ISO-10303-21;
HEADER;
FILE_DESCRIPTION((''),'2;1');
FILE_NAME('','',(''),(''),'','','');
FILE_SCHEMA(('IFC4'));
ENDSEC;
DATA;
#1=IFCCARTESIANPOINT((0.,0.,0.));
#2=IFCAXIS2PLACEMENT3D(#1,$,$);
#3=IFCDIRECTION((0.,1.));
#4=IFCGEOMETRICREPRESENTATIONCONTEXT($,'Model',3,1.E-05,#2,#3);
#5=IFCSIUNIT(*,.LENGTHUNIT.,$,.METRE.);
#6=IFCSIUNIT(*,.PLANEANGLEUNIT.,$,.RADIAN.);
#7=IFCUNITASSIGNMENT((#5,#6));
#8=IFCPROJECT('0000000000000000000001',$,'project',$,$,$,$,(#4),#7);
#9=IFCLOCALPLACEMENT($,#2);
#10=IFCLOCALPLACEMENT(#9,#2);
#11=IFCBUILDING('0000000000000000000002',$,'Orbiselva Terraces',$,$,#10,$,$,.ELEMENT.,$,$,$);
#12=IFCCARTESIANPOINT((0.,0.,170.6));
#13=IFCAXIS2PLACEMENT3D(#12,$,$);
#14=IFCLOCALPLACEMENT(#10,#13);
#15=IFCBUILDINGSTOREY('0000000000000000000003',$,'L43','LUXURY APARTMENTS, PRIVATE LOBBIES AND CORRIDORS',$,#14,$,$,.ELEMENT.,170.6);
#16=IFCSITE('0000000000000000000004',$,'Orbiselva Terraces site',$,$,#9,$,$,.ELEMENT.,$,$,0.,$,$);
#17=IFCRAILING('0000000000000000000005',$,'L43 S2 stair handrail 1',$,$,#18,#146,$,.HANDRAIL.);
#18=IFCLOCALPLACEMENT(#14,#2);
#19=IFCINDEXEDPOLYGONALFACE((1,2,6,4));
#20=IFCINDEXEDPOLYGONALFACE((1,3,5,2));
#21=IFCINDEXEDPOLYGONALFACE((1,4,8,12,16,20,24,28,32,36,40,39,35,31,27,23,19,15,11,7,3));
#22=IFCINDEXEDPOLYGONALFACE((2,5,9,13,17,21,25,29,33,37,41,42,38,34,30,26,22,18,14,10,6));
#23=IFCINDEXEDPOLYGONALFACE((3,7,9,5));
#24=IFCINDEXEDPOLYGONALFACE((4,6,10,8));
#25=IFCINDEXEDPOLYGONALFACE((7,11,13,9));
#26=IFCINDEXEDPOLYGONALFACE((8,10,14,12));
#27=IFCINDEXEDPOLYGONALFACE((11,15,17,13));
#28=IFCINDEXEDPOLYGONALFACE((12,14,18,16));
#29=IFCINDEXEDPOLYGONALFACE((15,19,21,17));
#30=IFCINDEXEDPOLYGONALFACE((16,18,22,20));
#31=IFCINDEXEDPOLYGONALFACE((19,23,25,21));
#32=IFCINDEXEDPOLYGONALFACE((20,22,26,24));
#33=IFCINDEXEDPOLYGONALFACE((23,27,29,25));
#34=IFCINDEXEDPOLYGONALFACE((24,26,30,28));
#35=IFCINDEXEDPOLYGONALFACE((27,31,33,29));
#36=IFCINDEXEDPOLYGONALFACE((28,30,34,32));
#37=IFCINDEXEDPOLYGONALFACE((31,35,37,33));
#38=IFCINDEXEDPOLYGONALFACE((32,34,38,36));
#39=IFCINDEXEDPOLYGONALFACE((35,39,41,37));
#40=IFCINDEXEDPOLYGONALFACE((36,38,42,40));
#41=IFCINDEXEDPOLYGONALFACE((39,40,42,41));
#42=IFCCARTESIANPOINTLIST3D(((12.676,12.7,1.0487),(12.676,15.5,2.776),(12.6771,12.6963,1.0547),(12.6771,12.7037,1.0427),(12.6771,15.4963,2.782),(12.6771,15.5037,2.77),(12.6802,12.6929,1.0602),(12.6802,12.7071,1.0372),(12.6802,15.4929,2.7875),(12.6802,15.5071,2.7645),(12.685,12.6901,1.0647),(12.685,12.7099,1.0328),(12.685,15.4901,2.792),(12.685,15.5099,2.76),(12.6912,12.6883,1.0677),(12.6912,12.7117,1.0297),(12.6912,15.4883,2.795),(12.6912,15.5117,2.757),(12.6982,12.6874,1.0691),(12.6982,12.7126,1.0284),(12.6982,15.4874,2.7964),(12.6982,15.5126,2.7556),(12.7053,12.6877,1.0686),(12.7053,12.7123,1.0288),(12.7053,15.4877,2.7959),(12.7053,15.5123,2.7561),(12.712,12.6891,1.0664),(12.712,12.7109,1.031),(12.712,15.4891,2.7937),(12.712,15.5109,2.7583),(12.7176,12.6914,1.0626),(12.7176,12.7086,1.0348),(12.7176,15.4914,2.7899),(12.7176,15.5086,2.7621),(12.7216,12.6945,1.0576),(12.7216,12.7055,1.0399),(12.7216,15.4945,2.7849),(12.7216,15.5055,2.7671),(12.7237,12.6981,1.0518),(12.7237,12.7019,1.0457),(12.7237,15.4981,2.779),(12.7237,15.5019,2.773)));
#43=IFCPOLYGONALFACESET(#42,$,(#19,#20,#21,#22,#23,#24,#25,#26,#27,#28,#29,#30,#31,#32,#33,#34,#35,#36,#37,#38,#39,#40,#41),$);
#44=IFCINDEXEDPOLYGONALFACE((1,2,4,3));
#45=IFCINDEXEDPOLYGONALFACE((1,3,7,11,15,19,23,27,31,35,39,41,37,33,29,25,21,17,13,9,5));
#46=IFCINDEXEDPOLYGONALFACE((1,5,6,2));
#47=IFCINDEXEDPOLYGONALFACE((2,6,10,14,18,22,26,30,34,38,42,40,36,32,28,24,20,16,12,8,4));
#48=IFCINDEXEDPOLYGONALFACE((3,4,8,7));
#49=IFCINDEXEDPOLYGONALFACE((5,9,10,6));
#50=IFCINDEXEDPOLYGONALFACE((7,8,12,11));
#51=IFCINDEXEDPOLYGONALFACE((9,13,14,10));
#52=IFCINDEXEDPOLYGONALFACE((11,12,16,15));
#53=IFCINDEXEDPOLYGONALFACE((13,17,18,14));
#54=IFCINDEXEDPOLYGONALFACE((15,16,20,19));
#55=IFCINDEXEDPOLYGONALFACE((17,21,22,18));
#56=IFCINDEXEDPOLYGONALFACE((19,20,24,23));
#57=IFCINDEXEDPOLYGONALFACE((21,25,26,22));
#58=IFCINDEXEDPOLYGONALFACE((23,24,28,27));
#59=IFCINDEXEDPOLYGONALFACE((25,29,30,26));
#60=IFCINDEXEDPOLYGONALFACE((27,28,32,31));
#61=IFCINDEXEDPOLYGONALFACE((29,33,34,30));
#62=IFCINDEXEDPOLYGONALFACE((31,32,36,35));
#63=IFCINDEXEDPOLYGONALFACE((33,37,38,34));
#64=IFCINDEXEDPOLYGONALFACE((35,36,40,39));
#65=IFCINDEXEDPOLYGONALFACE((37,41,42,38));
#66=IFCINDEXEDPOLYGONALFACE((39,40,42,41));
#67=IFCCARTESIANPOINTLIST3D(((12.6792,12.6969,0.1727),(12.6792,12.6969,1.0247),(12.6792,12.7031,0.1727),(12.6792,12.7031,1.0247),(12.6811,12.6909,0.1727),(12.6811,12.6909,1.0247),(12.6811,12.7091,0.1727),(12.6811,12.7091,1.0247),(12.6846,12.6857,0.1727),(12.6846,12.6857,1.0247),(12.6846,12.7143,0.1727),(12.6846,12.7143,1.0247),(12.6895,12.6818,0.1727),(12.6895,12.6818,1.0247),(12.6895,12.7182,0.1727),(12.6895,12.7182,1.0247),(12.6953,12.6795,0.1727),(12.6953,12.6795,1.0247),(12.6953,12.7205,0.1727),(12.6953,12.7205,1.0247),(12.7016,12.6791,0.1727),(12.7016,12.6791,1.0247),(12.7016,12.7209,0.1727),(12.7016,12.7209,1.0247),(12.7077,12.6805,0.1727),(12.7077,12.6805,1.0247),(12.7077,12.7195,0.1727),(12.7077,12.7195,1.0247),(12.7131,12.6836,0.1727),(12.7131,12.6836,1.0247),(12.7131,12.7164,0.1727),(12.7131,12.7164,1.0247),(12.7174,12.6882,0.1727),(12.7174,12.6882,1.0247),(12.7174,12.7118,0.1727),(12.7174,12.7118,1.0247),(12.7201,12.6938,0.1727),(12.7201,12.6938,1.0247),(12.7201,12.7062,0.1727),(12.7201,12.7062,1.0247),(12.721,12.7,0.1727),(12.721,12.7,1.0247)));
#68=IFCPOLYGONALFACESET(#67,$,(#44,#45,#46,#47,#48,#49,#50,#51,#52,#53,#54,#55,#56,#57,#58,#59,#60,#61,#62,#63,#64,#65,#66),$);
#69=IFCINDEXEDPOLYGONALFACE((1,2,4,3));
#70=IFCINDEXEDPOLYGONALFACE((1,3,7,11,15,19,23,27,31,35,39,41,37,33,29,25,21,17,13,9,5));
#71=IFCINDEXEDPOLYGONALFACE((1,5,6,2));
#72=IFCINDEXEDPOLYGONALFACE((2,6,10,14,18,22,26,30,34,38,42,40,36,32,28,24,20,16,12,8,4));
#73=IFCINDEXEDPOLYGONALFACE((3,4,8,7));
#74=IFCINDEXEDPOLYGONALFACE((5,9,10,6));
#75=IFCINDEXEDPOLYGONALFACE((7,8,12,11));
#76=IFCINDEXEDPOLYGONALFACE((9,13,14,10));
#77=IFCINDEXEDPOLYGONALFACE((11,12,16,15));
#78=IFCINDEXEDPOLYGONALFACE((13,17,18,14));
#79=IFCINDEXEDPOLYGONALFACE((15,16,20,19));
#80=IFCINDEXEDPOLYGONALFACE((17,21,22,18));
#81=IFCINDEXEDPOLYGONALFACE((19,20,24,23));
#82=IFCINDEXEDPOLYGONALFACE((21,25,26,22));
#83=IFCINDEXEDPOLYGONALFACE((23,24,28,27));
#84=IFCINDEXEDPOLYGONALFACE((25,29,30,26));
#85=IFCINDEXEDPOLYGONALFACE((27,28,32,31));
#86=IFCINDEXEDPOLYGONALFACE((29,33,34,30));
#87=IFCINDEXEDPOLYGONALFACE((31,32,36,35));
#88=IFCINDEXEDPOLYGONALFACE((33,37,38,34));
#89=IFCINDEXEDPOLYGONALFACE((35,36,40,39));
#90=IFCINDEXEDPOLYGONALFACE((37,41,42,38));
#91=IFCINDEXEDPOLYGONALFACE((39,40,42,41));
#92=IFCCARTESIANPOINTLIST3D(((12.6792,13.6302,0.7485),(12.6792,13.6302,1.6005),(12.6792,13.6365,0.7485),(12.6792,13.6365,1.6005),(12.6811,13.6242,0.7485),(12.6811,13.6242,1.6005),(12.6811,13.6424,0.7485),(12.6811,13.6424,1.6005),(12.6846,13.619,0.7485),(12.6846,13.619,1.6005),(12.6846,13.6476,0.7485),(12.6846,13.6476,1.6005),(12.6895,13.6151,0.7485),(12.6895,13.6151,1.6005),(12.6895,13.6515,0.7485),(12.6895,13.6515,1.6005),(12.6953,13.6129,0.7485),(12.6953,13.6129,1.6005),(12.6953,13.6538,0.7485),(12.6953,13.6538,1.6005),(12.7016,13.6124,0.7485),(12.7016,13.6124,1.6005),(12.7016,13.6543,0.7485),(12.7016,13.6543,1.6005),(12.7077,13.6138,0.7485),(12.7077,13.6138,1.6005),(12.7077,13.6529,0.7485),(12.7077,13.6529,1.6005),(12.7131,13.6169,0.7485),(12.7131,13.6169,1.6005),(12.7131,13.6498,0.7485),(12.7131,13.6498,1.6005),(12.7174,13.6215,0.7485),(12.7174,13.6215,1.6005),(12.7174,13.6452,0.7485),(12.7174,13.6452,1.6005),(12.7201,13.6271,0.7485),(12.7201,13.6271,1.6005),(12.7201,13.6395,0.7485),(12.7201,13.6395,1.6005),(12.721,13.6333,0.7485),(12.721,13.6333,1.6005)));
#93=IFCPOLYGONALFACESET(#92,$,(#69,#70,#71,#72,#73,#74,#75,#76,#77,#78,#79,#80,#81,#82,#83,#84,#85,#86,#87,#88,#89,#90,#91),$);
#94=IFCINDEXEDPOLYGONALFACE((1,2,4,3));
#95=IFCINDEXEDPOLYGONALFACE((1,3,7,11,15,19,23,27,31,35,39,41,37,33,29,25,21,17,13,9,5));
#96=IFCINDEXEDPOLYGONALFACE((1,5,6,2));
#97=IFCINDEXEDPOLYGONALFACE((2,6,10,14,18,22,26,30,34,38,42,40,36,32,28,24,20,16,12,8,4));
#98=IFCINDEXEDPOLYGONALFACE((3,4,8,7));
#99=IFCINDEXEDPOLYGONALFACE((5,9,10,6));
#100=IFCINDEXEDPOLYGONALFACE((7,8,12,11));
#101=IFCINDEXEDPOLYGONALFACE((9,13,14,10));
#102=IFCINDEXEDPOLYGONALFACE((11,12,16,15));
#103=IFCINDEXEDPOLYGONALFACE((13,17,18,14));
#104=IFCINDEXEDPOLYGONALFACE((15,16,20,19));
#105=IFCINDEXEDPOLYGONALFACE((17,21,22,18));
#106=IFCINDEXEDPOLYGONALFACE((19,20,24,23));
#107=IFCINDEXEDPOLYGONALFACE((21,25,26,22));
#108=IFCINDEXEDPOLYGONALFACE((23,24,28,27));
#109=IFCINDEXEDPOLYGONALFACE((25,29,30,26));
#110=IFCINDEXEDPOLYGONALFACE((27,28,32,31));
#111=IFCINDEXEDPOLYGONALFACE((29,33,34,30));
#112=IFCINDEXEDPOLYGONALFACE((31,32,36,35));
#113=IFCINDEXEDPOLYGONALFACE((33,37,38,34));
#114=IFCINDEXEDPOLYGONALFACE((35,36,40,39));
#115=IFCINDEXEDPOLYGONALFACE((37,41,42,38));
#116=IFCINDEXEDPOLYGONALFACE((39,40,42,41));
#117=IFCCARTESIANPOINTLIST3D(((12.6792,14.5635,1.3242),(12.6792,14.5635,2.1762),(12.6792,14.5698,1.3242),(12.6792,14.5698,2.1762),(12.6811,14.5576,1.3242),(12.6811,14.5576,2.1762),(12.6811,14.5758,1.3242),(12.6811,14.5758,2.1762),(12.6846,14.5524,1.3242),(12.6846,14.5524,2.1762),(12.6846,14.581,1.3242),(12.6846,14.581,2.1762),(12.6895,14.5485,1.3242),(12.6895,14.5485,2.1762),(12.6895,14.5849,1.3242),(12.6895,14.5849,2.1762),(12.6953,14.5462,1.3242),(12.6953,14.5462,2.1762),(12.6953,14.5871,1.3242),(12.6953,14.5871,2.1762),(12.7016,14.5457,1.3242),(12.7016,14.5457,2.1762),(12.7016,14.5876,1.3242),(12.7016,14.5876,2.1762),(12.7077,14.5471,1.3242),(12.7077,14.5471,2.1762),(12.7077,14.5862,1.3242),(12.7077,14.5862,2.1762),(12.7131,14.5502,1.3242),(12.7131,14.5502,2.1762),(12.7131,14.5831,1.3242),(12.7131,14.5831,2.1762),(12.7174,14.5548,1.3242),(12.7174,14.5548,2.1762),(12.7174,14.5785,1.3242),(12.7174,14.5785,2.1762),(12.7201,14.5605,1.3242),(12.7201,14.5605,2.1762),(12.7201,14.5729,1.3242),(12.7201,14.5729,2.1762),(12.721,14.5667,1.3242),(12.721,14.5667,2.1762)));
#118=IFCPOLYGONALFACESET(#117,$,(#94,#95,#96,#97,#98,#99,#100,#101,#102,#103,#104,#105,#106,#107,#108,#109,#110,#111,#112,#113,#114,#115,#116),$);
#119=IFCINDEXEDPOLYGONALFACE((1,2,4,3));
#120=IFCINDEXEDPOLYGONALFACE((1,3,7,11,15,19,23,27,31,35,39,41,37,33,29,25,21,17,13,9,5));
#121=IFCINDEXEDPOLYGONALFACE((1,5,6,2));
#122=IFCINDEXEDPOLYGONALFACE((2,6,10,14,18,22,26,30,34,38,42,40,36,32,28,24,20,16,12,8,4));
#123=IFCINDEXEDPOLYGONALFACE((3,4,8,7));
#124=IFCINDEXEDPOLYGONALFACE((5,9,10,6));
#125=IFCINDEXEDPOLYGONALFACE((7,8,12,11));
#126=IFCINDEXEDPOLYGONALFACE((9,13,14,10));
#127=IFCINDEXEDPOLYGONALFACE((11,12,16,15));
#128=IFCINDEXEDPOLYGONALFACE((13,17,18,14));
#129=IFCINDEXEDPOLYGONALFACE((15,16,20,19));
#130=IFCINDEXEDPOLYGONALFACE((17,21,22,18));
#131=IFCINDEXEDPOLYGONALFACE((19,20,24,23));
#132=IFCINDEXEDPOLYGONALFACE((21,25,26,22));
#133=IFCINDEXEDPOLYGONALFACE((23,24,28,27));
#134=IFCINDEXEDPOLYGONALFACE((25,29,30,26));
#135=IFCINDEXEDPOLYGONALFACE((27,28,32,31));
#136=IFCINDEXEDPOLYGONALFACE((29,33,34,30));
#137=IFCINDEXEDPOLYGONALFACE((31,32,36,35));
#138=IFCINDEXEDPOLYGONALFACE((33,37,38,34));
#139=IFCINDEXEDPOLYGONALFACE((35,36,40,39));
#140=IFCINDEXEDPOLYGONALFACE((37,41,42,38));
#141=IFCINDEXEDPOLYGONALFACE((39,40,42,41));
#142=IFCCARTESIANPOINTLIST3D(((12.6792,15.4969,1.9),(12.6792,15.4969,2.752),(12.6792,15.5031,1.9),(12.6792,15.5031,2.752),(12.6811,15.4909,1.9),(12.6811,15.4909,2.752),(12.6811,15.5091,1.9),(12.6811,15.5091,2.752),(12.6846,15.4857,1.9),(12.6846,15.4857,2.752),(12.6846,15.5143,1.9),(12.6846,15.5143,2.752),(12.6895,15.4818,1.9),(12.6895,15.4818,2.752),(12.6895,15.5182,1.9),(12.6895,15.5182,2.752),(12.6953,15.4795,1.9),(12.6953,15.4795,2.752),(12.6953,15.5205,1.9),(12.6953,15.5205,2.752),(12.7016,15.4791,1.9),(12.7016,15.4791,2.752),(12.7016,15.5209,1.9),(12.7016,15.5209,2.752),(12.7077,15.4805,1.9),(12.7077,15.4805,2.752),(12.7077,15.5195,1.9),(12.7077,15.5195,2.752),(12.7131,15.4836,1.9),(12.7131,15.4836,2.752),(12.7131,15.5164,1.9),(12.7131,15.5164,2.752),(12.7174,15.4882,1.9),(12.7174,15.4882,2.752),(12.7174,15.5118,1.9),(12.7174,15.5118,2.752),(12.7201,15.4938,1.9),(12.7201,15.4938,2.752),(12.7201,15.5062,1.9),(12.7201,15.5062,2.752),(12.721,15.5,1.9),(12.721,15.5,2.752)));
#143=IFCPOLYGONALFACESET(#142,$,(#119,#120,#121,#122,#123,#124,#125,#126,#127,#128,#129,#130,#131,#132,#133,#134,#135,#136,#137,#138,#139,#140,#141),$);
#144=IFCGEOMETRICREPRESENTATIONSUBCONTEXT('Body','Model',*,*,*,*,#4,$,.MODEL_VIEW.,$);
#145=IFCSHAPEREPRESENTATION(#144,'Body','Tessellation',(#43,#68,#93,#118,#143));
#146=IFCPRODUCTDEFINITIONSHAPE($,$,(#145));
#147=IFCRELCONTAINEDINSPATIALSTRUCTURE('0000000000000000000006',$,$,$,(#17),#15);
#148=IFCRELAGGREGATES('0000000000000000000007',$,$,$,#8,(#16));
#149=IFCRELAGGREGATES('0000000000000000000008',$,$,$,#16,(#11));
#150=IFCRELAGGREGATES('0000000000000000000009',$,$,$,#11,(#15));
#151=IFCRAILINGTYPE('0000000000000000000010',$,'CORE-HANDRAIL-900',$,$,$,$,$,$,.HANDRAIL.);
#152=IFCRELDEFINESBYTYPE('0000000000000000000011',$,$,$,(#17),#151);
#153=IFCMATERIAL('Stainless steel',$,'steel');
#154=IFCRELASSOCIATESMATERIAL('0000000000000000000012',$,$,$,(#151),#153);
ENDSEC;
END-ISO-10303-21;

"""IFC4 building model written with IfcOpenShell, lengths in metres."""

from ifc_helpers import new_model, si_unit, direction, frame, origin, origin_2d, place, context, subcontext, project, spatial, circle, extrude, material, type_object, element, save


model = new_model("IFC4")

# Units and contexts
model_context = context("Model", 3, precision=1e-05, world=origin(), true_north=direction((0.0, 1.0)))
body_context = subcontext(model_context, "Body", "Model", "MODEL_VIEW")
ifc_project = project(units=[si_unit("LENGTHUNIT", "METRE"), si_unit("PLANEANGLEUNIT", "RADIAN")], contexts=[model_context])

# Site, building, storey
site_placement = place(None, origin())
site = spatial("IfcSite", under=ifc_project, at=site_placement, Name="Orbiselva Terraces site", CompositionType="ELEMENT", RefElevation=0.0)
building_placement = place(site_placement, origin())
building = spatial("IfcBuilding", under=site, at=building_placement, Name="Orbiselva Terraces", CompositionType="ELEMENT")
storey_placement = place(building_placement, frame((0.0, 0.0, 170.6)))
storey = spatial("IfcBuildingStorey", under=building, at=storey_placement, Name="L43", Description="LUXURY APARTMENTS, PRIVATE LOBBIES AND CORRIDORS", CompositionType="ELEMENT", Elevation=170.6)

# Railing
ifc_material_1 = material(Name="Stainless steel", Category="steel")
railing_type_1 = type_object("IfcRailingType", Name="CORE-HANDRAIL-900", PredefinedType="HANDRAIL", material=ifc_material_1)
railing_1_placement = place(storey_placement, frame((12.7, 12.7, 0.1727)))
element("IfcRailing", 1, at=railing_1_placement, inside=storey, type_object=railing_type_1, Name="L43 S2 stair handrail 1", PredefinedType="HANDRAIL", context=body_context, shape_type="SweptSolid", body=[
    extrude(circle(Radius=0.024, at=origin_2d()), frame((0.0, 0.0, 0.876), z_axis=(0.0, 0.851089, 0.525022), x_axis=(-1.0, 0.0, 0.0)), (0.0, 0.0, 1.0), 3.2899),
    extrude(circle(Radius=0.021, at=origin_2d()), origin(), (0.0, 0.0, 1.0), 0.852),
    extrude(circle(Radius=0.021, at=origin_2d()), frame((0.0, 0.9333, 0.5758)), (0.0, 0.0, 1.0), 0.852),
    extrude(circle(Radius=0.021, at=origin_2d()), frame((0.0, 1.8667, 1.1515)), (0.0, 0.0, 1.0), 0.852),
    extrude(circle(Radius=0.021, at=origin_2d()), frame((0.0, 2.8, 1.7273)), (0.0, 0.0, 1.0), 0.852),
])

save(model, "model.ifc")
